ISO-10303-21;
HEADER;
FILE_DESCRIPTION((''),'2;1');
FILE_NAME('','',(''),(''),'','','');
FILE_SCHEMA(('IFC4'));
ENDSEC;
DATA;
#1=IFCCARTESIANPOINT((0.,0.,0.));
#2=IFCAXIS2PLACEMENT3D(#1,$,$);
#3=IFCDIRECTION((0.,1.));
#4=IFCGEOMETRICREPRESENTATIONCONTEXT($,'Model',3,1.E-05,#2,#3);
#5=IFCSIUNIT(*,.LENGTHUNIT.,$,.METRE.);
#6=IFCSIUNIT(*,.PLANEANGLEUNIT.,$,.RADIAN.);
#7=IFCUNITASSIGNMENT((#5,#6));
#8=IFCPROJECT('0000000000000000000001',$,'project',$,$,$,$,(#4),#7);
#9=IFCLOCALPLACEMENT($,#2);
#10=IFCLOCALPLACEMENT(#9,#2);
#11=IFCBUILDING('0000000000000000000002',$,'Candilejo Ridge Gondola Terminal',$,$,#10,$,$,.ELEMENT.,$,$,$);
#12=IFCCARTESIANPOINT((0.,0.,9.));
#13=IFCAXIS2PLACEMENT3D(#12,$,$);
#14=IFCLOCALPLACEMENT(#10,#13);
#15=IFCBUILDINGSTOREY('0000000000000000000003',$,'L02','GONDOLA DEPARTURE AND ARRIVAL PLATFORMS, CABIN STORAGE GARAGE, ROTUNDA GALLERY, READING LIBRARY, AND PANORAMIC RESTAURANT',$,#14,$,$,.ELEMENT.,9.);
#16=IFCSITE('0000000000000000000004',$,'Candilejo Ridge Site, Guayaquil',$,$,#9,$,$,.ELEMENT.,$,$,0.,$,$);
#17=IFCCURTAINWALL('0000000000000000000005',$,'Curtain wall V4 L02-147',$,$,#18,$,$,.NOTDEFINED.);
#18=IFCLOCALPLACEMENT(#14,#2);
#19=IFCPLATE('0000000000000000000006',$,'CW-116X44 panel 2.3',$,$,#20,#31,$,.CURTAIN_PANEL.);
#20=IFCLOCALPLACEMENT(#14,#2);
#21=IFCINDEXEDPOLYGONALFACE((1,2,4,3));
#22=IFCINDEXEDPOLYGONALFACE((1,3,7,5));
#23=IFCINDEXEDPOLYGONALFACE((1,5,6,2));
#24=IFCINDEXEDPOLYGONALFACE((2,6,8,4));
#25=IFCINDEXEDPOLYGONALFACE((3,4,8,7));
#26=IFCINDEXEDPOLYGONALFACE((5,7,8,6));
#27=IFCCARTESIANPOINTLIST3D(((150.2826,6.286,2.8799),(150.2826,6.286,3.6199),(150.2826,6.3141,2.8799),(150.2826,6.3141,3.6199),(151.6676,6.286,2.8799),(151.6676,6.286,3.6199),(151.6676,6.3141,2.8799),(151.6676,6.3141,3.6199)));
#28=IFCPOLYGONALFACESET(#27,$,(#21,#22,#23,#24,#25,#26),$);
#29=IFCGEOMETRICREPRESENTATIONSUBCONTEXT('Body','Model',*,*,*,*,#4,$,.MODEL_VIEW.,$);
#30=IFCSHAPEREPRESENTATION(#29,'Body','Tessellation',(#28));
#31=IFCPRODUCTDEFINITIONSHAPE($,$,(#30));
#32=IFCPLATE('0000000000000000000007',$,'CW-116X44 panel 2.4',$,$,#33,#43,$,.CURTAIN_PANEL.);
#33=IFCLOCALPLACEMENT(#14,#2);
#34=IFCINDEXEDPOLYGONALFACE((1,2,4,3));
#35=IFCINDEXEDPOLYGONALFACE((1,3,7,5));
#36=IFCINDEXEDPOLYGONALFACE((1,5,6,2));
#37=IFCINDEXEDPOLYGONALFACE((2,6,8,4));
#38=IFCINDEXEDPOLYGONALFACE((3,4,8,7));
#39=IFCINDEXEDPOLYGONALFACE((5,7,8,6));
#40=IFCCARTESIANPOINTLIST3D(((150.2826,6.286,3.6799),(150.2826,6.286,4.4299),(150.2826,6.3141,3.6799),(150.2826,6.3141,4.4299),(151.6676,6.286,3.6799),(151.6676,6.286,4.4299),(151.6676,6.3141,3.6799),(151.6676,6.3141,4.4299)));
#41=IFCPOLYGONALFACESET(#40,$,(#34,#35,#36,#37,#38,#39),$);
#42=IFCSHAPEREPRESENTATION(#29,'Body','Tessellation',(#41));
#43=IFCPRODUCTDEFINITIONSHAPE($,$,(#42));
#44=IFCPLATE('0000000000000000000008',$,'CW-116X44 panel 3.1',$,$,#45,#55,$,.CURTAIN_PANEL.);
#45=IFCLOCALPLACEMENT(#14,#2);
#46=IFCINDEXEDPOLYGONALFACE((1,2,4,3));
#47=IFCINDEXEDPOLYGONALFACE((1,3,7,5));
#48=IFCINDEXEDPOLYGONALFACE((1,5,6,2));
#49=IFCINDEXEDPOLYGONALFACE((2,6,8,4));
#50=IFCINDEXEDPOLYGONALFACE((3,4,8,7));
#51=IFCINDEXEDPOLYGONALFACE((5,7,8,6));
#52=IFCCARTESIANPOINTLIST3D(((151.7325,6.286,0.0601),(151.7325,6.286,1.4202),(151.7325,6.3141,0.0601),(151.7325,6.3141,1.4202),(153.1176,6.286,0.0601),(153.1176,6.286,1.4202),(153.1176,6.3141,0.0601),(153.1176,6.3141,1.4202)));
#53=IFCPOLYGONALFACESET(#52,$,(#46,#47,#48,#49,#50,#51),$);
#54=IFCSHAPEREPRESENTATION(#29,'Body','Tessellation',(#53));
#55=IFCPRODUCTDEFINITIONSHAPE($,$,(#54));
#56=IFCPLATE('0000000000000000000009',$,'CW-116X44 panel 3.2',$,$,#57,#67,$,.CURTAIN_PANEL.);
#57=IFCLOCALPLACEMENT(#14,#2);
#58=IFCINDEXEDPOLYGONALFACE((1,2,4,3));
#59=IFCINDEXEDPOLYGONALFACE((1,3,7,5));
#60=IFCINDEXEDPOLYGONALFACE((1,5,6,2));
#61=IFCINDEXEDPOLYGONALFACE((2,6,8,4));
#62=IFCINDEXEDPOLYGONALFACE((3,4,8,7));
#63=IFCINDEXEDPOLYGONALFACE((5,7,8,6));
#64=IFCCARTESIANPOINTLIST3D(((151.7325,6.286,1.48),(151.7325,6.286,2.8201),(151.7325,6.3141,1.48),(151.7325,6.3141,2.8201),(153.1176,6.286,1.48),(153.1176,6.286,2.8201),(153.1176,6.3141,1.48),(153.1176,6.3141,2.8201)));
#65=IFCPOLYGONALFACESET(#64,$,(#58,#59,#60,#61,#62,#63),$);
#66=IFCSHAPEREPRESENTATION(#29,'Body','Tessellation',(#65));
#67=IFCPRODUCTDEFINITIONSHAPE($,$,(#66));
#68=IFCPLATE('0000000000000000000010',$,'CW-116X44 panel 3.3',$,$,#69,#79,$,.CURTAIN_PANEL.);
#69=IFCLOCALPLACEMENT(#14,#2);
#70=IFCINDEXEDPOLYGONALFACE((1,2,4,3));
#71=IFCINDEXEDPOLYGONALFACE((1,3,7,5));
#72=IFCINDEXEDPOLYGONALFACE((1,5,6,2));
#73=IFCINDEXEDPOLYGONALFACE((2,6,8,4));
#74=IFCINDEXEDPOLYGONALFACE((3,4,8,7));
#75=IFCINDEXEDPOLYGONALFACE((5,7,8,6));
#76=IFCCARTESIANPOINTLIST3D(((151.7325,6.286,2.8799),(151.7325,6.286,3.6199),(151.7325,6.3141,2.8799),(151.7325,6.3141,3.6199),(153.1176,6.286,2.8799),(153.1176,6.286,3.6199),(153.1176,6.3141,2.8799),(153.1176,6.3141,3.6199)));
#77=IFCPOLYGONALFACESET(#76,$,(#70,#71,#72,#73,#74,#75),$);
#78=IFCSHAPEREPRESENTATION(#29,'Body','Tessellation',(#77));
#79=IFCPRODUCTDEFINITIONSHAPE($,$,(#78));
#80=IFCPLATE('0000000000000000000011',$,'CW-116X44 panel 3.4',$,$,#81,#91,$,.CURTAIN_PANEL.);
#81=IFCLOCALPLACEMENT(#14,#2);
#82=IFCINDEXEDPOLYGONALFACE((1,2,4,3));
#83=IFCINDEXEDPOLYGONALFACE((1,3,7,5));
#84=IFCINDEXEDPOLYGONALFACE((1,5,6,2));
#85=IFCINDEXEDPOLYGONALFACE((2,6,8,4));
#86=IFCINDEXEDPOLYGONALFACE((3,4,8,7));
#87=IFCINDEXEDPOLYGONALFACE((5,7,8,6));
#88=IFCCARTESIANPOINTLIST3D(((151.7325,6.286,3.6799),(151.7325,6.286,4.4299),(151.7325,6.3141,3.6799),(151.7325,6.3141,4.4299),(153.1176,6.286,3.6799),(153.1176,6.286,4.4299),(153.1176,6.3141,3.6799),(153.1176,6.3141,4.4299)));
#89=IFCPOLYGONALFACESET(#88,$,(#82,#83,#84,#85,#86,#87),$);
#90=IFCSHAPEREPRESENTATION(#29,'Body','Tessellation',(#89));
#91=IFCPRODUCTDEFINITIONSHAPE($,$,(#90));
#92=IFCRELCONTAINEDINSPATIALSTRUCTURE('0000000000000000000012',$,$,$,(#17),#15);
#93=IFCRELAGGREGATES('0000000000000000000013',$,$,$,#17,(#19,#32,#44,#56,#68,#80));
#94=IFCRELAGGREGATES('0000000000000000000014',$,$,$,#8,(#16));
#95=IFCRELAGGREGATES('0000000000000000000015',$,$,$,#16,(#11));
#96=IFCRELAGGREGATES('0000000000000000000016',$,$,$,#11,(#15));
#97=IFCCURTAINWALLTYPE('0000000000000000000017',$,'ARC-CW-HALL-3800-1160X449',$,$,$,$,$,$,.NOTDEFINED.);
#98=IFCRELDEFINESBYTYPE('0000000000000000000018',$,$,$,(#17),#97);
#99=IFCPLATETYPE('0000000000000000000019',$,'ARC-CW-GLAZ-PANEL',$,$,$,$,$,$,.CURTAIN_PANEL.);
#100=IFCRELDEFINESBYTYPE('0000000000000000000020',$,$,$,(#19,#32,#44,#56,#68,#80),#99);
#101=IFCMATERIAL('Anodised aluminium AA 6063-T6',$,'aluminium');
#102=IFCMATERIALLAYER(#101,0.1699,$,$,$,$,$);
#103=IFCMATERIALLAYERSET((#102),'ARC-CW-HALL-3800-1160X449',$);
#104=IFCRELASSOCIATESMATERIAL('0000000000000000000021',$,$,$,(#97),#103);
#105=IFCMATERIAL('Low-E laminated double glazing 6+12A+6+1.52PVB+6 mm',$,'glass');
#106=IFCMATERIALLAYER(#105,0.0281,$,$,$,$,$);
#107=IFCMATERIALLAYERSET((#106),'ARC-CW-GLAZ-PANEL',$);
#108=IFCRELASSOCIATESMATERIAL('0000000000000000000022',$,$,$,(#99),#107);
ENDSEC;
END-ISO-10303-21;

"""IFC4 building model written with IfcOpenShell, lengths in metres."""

from ifc_helpers import new_model, si_unit, direction, frame, origin, origin_2d, place, context, subcontext, project, spatial, rectangle, extrude, material, layer, layer_set, type_object, element, aggregate, save


model = new_model("IFC4")

# Units and contexts
model_context = context("Model", 3, precision=1e-05, world=origin(), true_north=direction((0.0, 1.0)))
body_context = subcontext(model_context, "Body", "Model", "MODEL_VIEW")
ifc_project = project(units=[si_unit("LENGTHUNIT", "METRE"), si_unit("PLANEANGLEUNIT", "RADIAN")], contexts=[model_context])

# Site, building, storey
site_placement = place(None, origin())
site = spatial("IfcSite", under=ifc_project, at=site_placement, Name="Candilejo Ridge Site, Guayaquil", CompositionType="ELEMENT", RefElevation=0.0)
building_placement = place(site_placement, origin())
building = spatial("IfcBuilding", under=site, at=building_placement, Name="Candilejo Ridge Gondola Terminal", CompositionType="ELEMENT")
storey_placement = place(building_placement, frame((0.0, 0.0, 9.0)))
storey = spatial("IfcBuildingStorey", under=building, at=storey_placement, Name="L02", Description="GONDOLA DEPARTURE AND ARRIVAL PLATFORMS, CABIN STORAGE GARAGE, ROTUNDA GALLERY, READING LIBRARY, AND PANORAMIC RESTAURANT", CompositionType="ELEMENT", Elevation=9.0)

# Curtain wall, plates
ifc_material_1 = material(Name="Anodised aluminium AA 6063-T6", Category="aluminium")
ifc_layer_1 = layer(ifc_material_1, 0.1699)
ifc_layer_set_1 = layer_set([ifc_layer_1], Name="ARC-CW-HALL-3800-1160X449")
curtain_wall_type = type_object("IfcCurtainWallType", Name="ARC-CW-HALL-3800-1160X449", PredefinedType="NOTDEFINED", material=ifc_layer_set_1)
curtain_wall_placement = place(storey_placement, origin())
curtain_wall = element("IfcCurtainWall", 1, at=curtain_wall_placement, inside=storey, type_object=curtain_wall_type, Name="Curtain wall V4 L02-147", PredefinedType="NOTDEFINED")
ifc_material_2 = material(Name="Low-E laminated double glazing 6+12A+6+1.52PVB+6 mm", Category="glass")
ifc_layer_2 = layer(ifc_material_2, 0.0281)
ifc_layer_set_2 = layer_set([ifc_layer_2], Name="ARC-CW-GLAZ-PANEL")
plate_type = type_object("IfcPlateType", Name="ARC-CW-GLAZ-PANEL", PredefinedType="CURTAIN_PANEL", material=ifc_layer_set_2)
plate_1_placement = place(storey_placement, frame((150.9751, 6.3, 2.8799), z_axis=(0.0, 0.0, 1.0), x_axis=(1.0, 0.0, 0.0)))
plate_1 = element("IfcPlate", 2, at=plate_1_placement, type_object=plate_type, Name="CW-116X44 panel 2.3", PredefinedType="CURTAIN_PANEL", context=body_context, shape_type="SweptSolid", body=[
    extrude(rectangle(XDim=1.385, YDim=0.0281, at=origin_2d()), origin(), (0.0, 0.0, 1.0), 0.74),
])
plate_2_placement = place(storey_placement, frame((150.9751, 6.3, 3.6799), z_axis=(0.0, 0.0, 1.0), x_axis=(1.0, 0.0, 0.0)))
plate_2 = element("IfcPlate", 3, at=plate_2_placement, type_object=plate_type, Name="CW-116X44 panel 2.4", PredefinedType="CURTAIN_PANEL", context=body_context, shape_type="SweptSolid", body=[
    extrude(rectangle(XDim=1.385, YDim=0.0281, at=origin_2d()), origin(), (0.0, 0.0, 1.0), 0.75),
])
plate_3_placement = place(storey_placement, frame((152.425, 6.3, 0.0601), z_axis=(0.0, 0.0, 1.0), x_axis=(1.0, 0.0, 0.0)))
plate_3 = element("IfcPlate", 4, at=plate_3_placement, type_object=plate_type, Name="CW-116X44 panel 3.1", PredefinedType="CURTAIN_PANEL", context=body_context, shape_type="SweptSolid", body=[
    extrude(rectangle(XDim=1.385, YDim=0.0281, at=origin_2d()), origin(), (0.0, 0.0, 1.0), 1.3601),
])
plate_4_placement = place(storey_placement, frame((152.425, 6.3, 1.48), z_axis=(0.0, 0.0, 1.0), x_axis=(1.0, 0.0, 0.0)))
plate_4 = element("IfcPlate", 5, at=plate_4_placement, type_object=plate_type, Name="CW-116X44 panel 3.2", PredefinedType="CURTAIN_PANEL", context=body_context, shape_type="SweptSolid", body=[
    extrude(rectangle(XDim=1.385, YDim=0.0281, at=origin_2d()), origin(), (0.0, 0.0, 1.0), 1.3401),
])
plate_5_placement = place(storey_placement, frame((152.425, 6.3, 2.8799), z_axis=(0.0, 0.0, 1.0), x_axis=(1.0, 0.0, 0.0)))
plate_5 = element("IfcPlate", 6, at=plate_5_placement, type_object=plate_type, Name="CW-116X44 panel 3.3", PredefinedType="CURTAIN_PANEL", context=body_context, shape_type="SweptSolid", body=[
    extrude(rectangle(XDim=1.385, YDim=0.0281, at=origin_2d()), origin(), (0.0, 0.0, 1.0), 0.74),
])
plate_6_placement = place(storey_placement, frame((152.425, 6.3, 3.6799), z_axis=(0.0, 0.0, 1.0), x_axis=(1.0, 0.0, 0.0)))
plate_6 = element("IfcPlate", 7, at=plate_6_placement, type_object=plate_type, Name="CW-116X44 panel 3.4", PredefinedType="CURTAIN_PANEL", context=body_context, shape_type="SweptSolid", body=[
    extrude(rectangle(XDim=1.385, YDim=0.0281, at=origin_2d()), origin(), (0.0, 0.0, 1.0), 0.75),
])
aggregate(curtain_wall, [plate_1, plate_2, plate_3, plate_4, plate_5, plate_6])

save(model, "model.ifc")
